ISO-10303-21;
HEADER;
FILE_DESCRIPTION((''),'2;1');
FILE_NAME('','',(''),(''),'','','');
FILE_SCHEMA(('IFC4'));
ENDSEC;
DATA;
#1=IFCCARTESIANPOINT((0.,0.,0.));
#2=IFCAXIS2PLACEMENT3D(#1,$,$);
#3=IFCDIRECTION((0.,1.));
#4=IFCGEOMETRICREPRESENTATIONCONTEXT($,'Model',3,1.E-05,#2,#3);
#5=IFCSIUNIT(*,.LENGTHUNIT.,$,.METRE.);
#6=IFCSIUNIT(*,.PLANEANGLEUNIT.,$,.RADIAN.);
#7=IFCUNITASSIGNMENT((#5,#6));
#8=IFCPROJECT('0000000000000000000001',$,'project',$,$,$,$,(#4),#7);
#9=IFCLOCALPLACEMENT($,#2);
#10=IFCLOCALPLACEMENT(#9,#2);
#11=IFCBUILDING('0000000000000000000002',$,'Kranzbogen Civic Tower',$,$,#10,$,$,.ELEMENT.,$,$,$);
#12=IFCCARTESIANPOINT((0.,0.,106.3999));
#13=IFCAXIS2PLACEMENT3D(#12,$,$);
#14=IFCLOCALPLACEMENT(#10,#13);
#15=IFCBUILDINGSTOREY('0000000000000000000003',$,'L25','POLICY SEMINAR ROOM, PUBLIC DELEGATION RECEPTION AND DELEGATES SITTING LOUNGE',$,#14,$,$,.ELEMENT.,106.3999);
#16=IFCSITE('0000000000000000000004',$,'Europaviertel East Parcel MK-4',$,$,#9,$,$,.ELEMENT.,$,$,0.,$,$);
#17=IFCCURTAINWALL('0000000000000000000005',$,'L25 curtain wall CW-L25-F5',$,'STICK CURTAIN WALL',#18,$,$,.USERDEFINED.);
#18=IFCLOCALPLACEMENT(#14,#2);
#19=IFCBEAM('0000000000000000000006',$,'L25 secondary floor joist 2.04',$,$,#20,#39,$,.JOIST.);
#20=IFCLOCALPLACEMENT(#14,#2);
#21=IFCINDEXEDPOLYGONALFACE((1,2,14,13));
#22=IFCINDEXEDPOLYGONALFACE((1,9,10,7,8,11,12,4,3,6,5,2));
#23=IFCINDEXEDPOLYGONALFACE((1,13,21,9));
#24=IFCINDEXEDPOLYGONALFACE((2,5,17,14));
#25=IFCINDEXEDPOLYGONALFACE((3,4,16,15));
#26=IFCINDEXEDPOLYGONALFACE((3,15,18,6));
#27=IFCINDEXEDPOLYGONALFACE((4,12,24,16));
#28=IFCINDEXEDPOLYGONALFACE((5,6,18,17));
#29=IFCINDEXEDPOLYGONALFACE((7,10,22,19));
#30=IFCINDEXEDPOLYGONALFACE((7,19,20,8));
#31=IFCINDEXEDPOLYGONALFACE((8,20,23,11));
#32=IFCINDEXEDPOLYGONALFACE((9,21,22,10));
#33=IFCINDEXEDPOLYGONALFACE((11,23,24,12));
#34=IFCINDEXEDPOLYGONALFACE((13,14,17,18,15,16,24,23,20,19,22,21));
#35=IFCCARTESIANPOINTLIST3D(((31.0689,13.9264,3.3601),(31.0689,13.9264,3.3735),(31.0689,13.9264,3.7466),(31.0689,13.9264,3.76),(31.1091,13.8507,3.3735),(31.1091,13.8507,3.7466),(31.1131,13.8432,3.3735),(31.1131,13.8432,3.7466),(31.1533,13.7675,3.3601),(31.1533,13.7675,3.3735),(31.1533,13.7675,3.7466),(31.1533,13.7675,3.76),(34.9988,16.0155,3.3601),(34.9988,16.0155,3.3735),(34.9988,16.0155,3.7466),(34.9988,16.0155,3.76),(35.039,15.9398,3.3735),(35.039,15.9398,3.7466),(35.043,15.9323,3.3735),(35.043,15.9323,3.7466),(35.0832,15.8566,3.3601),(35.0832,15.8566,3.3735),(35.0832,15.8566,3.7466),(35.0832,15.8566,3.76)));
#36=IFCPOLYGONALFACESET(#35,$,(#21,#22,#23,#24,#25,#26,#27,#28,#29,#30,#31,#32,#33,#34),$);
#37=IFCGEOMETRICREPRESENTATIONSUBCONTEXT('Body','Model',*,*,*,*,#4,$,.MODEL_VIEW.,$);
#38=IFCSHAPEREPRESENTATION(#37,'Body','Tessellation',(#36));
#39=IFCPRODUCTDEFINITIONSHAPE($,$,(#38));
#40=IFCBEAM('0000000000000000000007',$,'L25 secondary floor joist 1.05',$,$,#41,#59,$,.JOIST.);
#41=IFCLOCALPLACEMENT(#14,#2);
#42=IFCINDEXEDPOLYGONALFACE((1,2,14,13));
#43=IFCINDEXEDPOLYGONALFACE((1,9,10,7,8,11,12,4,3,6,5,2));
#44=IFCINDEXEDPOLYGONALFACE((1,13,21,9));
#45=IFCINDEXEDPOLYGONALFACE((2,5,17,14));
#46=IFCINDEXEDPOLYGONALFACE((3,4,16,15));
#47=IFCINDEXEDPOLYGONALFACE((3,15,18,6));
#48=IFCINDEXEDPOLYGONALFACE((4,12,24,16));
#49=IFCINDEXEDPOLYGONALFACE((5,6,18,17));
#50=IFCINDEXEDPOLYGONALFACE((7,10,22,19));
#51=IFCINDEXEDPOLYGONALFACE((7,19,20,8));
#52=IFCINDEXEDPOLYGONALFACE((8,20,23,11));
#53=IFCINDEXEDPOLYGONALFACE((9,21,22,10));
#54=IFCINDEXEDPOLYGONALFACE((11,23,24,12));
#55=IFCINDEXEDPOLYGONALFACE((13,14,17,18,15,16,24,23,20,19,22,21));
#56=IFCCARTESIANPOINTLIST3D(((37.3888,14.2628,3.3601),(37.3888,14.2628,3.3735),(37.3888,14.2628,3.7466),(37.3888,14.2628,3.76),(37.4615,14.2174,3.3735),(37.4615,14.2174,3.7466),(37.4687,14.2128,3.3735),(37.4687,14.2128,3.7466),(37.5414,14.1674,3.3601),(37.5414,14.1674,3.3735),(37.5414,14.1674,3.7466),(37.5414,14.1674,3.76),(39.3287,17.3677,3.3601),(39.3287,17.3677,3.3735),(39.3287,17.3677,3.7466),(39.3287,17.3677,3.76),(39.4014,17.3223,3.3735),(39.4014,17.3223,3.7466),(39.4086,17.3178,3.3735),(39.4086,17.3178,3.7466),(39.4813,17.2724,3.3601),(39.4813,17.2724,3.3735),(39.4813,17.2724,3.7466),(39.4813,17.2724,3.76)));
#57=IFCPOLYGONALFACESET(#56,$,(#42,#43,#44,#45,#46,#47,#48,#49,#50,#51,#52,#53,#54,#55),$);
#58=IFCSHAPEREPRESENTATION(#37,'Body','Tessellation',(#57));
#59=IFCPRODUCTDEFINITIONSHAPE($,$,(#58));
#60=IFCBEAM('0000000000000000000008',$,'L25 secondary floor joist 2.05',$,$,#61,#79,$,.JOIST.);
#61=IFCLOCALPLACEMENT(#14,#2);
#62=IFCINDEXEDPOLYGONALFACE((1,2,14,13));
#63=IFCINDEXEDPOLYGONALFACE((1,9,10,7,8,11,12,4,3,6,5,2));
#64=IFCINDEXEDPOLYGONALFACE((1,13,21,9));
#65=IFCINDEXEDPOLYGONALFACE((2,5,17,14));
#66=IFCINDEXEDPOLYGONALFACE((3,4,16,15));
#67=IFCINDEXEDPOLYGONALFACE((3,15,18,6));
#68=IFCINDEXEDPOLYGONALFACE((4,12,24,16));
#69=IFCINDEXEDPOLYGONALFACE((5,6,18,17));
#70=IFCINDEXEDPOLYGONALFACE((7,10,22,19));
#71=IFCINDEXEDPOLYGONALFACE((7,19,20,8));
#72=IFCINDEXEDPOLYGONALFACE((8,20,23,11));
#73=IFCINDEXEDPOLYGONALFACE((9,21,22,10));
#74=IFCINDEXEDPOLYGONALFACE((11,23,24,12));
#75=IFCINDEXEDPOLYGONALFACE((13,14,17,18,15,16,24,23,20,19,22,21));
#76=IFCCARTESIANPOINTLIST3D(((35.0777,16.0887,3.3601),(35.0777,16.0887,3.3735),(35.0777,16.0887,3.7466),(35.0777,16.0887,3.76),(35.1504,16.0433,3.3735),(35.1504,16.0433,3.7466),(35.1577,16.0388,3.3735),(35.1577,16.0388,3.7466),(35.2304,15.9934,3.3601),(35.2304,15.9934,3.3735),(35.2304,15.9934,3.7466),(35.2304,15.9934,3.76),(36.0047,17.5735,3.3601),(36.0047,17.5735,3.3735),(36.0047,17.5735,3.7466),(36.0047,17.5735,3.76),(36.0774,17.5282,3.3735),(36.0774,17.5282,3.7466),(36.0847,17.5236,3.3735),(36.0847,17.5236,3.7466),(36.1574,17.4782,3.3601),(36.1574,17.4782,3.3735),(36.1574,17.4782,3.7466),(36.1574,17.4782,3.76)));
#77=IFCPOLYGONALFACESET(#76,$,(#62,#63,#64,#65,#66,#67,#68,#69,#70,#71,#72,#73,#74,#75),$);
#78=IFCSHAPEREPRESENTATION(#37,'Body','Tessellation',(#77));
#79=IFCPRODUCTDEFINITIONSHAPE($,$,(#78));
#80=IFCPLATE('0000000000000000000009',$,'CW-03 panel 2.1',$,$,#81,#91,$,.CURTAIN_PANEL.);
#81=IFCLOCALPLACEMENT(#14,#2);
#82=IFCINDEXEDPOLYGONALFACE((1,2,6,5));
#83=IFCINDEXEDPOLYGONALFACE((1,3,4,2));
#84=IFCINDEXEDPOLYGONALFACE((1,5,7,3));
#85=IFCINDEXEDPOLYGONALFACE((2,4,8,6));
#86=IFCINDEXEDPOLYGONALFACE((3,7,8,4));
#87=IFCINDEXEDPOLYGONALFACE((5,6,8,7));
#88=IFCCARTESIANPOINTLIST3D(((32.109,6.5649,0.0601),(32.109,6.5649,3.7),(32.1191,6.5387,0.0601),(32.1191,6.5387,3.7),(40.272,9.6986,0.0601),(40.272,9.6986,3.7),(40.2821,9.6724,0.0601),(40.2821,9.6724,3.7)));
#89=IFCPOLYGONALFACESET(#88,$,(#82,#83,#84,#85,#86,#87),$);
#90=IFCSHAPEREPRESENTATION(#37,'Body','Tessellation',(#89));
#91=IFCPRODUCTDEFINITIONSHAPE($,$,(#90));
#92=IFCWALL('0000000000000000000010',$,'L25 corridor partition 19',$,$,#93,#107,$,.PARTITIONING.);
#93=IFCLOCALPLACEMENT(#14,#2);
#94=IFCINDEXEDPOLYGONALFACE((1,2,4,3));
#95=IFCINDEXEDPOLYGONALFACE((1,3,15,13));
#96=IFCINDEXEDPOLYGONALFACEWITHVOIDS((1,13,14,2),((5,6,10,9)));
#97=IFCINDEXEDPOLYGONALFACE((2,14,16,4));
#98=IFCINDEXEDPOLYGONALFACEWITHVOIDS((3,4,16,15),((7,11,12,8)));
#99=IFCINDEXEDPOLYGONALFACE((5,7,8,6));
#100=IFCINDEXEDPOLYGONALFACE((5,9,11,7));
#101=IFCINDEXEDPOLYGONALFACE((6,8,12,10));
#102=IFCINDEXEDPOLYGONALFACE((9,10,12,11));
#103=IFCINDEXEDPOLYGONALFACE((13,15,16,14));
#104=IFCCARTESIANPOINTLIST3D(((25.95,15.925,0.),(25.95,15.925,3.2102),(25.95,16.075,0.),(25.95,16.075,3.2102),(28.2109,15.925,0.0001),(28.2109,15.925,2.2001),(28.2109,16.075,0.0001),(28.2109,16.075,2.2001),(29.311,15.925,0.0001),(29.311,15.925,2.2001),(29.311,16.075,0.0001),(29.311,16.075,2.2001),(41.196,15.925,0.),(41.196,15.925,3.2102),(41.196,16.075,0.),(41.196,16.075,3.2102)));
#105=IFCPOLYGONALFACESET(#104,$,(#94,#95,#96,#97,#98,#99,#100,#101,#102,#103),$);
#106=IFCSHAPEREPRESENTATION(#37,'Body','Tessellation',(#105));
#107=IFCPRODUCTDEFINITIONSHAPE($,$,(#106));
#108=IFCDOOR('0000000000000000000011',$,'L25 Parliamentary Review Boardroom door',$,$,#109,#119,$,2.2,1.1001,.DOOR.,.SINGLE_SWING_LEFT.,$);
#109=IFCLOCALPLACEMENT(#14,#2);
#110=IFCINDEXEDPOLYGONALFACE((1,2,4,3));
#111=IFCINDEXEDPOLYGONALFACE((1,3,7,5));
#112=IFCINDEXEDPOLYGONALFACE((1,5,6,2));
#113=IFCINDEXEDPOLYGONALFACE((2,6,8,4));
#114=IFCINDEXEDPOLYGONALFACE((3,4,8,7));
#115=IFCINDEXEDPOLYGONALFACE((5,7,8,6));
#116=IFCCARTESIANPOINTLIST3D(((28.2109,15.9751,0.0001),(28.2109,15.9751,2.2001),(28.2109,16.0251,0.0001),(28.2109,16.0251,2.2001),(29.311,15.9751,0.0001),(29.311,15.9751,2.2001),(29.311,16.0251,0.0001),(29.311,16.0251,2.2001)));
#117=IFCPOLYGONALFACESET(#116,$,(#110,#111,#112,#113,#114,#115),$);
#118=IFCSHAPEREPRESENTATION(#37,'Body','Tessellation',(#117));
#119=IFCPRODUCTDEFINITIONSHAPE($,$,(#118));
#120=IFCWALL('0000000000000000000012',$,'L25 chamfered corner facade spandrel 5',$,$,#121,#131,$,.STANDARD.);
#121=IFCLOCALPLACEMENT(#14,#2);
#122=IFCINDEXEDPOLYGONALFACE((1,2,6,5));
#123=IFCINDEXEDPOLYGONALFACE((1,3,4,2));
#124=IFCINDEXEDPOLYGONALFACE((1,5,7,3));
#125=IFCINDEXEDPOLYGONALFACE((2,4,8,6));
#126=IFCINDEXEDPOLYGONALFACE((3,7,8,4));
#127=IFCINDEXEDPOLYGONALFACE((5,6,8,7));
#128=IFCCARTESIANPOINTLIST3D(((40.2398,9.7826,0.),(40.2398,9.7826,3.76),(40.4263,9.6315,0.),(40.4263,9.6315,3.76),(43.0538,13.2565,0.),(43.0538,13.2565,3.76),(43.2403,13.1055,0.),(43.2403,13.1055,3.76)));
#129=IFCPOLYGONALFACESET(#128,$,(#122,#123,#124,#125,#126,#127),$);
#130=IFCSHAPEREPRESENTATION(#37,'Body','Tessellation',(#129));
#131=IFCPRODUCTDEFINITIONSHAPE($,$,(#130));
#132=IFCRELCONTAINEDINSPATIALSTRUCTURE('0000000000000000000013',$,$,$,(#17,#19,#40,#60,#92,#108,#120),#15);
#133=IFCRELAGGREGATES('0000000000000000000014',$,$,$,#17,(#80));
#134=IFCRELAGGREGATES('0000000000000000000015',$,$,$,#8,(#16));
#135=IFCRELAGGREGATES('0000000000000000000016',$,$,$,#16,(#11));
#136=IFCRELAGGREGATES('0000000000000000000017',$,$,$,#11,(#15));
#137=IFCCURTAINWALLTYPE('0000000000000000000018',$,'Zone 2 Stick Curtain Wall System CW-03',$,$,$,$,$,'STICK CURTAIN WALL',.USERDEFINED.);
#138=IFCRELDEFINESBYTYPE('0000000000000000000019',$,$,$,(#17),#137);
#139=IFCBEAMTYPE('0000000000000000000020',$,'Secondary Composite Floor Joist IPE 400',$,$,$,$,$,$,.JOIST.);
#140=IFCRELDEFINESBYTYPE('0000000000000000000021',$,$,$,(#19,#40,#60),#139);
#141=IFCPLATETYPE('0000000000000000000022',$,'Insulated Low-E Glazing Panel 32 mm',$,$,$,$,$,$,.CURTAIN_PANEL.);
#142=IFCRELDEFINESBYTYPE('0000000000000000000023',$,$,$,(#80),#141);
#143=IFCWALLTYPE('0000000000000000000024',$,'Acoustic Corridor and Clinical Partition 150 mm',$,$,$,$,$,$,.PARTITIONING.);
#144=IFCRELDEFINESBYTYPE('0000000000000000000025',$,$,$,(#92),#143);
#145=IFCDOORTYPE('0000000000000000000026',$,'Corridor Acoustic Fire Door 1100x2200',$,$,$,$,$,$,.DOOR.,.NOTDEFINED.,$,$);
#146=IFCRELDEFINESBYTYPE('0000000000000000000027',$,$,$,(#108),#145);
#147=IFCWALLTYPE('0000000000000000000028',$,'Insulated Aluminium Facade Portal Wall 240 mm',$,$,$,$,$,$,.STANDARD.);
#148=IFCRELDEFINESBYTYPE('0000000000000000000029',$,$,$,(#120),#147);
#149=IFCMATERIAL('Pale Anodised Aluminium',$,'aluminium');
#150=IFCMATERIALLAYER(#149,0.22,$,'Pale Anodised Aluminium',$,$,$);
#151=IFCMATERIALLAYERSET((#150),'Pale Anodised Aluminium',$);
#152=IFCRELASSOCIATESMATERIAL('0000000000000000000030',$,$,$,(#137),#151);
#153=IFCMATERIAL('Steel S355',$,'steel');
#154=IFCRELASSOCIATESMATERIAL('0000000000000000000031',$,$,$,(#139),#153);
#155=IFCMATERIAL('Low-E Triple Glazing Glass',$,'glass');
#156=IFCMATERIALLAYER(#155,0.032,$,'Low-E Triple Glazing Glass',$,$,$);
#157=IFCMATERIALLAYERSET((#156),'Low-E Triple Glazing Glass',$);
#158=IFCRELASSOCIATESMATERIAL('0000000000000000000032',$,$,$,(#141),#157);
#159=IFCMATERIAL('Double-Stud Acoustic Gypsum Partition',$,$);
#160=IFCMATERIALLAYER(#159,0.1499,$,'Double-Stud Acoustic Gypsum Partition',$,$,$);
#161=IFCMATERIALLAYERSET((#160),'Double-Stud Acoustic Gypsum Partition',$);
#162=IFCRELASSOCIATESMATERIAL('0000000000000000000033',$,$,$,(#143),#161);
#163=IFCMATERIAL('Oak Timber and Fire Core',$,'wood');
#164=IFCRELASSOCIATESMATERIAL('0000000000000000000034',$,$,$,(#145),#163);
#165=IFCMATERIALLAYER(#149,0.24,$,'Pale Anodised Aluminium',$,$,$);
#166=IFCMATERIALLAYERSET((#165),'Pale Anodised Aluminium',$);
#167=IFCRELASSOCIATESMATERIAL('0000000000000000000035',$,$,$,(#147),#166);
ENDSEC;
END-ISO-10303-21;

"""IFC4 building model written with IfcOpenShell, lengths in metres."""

from ifc_helpers import new_model, si_unit, direction, frame, frame_2d, origin, origin_2d, place, context, subcontext, project, spatial, rectangle, i_section, extrude, material, layer, layer_set, material_profile, profile_set, type_object, element, fill, aggregate, save


model = new_model("IFC4")

# Units and contexts
model_context = context("Model", 3, precision=1e-05, world=origin(), true_north=direction((0.0, 1.0)))
body_context = subcontext(model_context, "Body", "Model", "MODEL_VIEW")
ifc_project = project(units=[si_unit("LENGTHUNIT", "METRE"), si_unit("PLANEANGLEUNIT", "RADIAN")], contexts=[model_context])

# Site, building, storey
site_placement = place(None, origin())
site = spatial("IfcSite", under=ifc_project, at=site_placement, Name="Europaviertel East Parcel MK-4", CompositionType="ELEMENT", RefElevation=0.0)
building_placement = place(site_placement, origin())
building = spatial("IfcBuilding", under=site, at=building_placement, Name="Kranzbogen Civic Tower", CompositionType="ELEMENT")
storey_placement = place(building_placement, frame((0.0, 0.0, 106.3999)))
storey = spatial("IfcBuildingStorey", under=building, at=storey_placement, Name="L25", Description="POLICY SEMINAR ROOM, PUBLIC DELEGATION RECEPTION AND DELEGATES SITTING LOUNGE", CompositionType="ELEMENT", Elevation=106.3999)

# Shared definitions
ifc_material_1 = material(Name="Steel S355", Category="steel")

# Curtain wall
ifc_material_2 = material(Name="Pale Anodised Aluminium", Category="aluminium")
ifc_layer_1 = layer(ifc_material_2, 0.22, Name="Pale Anodised Aluminium")
ifc_layer_set_1 = layer_set([ifc_layer_1], Name="Pale Anodised Aluminium")
curtain_wall_type = type_object("IfcCurtainWallType", Name="Zone 2 Stick Curtain Wall System CW-03", ElementType="STICK CURTAIN WALL", PredefinedType="USERDEFINED", material=ifc_layer_set_1)
curtain_wall_1_placement = place(storey_placement, origin())
curtain_wall_1 = element("IfcCurtainWall", 1, at=curtain_wall_1_placement, inside=storey, type_object=curtain_wall_type, Name="L25 curtain wall CW-L25-F5", ObjectType="STICK CURTAIN WALL", PredefinedType="USERDEFINED")

# Beams
ifc_material_profile_1 = material_profile(ifc_material_1, i_section(OverallWidth=0.1799, OverallDepth=0.3999, WebThickness=0.0085, FlangeThickness=0.0134, at=origin_2d()), Name="IPE 400")
ifc_profile_set_1 = profile_set([ifc_material_profile_1], Name="Steel S355")
beam_type_1 = type_object("IfcBeamType", Name="Secondary Composite Floor Joist IPE 400", PredefinedType="JOIST", material=ifc_profile_set_1)
beam_1_placement = place(storey_placement, frame((31.1111, 13.8469, 3.5601), z_axis=(0.882991, 0.469389, 0.0), x_axis=(-0.469389, 0.882991, 0.0)))
element("IfcBeam", 2, at=beam_1_placement, inside=storey, type_object=beam_type_1, Name="L25 secondary floor joist 2.04", PredefinedType="JOIST", context=body_context, shape_type="SweptSolid", body=[
    extrude(i_section(OverallWidth=0.1799, OverallDepth=0.3999, WebThickness=0.0085, FlangeThickness=0.0134, at=origin_2d()), origin(), (0.0, 0.0, 1.0), 4.4507),
])
beam_2_placement = place(storey_placement, frame((37.4651, 14.2151, 3.5601), z_axis=(0.529867, 0.848081, 0.0), x_axis=(-0.848081, 0.529867, 0.0)))
element("IfcBeam", 3, at=beam_2_placement, inside=storey, type_object=beam_type_1, Name="L25 secondary floor joist 1.05", PredefinedType="JOIST", context=body_context, shape_type="SweptSolid", body=[
    extrude(i_section(OverallWidth=0.1799, OverallDepth=0.3999, WebThickness=0.0085, FlangeThickness=0.0134, at=origin_2d()), origin(), (0.0, 0.0, 1.0), 3.6611),
])
beam_3_placement = place(storey_placement, frame((35.1541, 16.041, 3.5601), z_axis=(0.529573, 0.848265, 0.0), x_axis=(-0.848265, 0.529573, 0.0)))
element("IfcBeam", 4, at=beam_3_placement, inside=storey, type_object=beam_type_1, Name="L25 secondary floor joist 2.05", PredefinedType="JOIST", context=body_context, shape_type="SweptSolid", body=[
    extrude(i_section(OverallWidth=0.1799, OverallDepth=0.3999, WebThickness=0.0085, FlangeThickness=0.0134, at=origin_2d()), origin(), (0.0, 0.0, 1.0), 1.7505),
])

# Plate
ifc_material_3 = material(Name="Low-E Triple Glazing Glass", Category="glass")
ifc_layer_2 = layer(ifc_material_3, 0.032, Name="Low-E Triple Glazing Glass")
ifc_layer_set_2 = layer_set([ifc_layer_2], Name="Low-E Triple Glazing Glass")
plate_type = type_object("IfcPlateType", Name="Insulated Low-E Glazing Panel 32 mm", PredefinedType="CURTAIN_PANEL", material=ifc_layer_set_2)
plate_placement = place(storey_placement, frame((36.1956, 8.1187, 0.0601), z_axis=(0.0, 0.0, 1.0), x_axis=(0.93357, 0.358395, 0.0)))
plate = element("IfcPlate", 5, at=plate_placement, type_object=plate_type, Name="CW-03 panel 2.1", PredefinedType="CURTAIN_PANEL", context=body_context, shape_type="SweptSolid", body=[
    extrude(rectangle(XDim=8.7439, YDim=0.0281, at=origin_2d()), origin(), (0.0, 0.0, 1.0), 3.6399),
])
aggregate(curtain_wall_1, [plate])

# Wall, opening, door
ifc_material_4 = material(Name="Double-Stud Acoustic Gypsum Partition")
ifc_layer_3 = layer(ifc_material_4, 0.1499, Name="Double-Stud Acoustic Gypsum Partition")
ifc_layer_set_3 = layer_set([ifc_layer_3], Name="Double-Stud Acoustic Gypsum Partition")
wall_type_1 = type_object("IfcWallType", Name="Acoustic Corridor and Clinical Partition 150 mm", PredefinedType="PARTITIONING", material=ifc_layer_set_3)
wall_1_placement = place(storey_placement, frame((41.196, 16.0, 0.0), z_axis=(0.0, 0.0, 1.0), x_axis=(-1.0, 0.0, 0.0)))
wall_1 = element("IfcWall", 6, at=wall_1_placement, inside=storey, type_object=wall_type_1, Name="L25 corridor partition 19", PredefinedType="PARTITIONING", context=body_context, shape_type="SweptSolid", body=[
    extrude(rectangle(XDim=15.2461, YDim=0.1499, at=frame_2d((7.623, 0.0))), origin(), (0.0, 0.0, 1.0), 3.2102),
])
opening_placement = place(wall_1_placement, frame((11.885, 0.0, 0.0)))
opening = element("IfcOpeningElement", 7, at=opening_placement, cuts=wall_1, PredefinedType="OPENING", context=body_context, shape_type="SweptSolid", body=[
    extrude(rectangle(XDim=1.1001, YDim=2.2, at=frame_2d((0.55, 1.1001))), frame((0.0, 0.085, 0.0), z_axis=(0.0, -1.0, 0.0), x_axis=(1.0, 0.0, 0.0)), (0.0, 0.0, 1.0), 0.1699),
])
ifc_material_5 = material(Name="Oak Timber and Fire Core", Category="wood")
door_type = type_object("IfcDoorType", Name="Corridor Acoustic Fire Door 1100x2200", OperationType="NOTDEFINED", PredefinedType="DOOR", material=ifc_material_5)
door_placement = place(opening_placement, origin())
door = element("IfcDoor", 8, at=door_placement, inside=storey, type_object=door_type, Name="L25 Parliamentary Review Boardroom door", OperationType="SINGLE_SWING_LEFT", OverallHeight=2.2, OverallWidth=1.1001, PredefinedType="DOOR", context=body_context, shape_type="SweptSolid", body=[
    extrude(rectangle(XDim=1.1001, YDim=2.2, at=frame_2d((0.55, 1.1001))), frame((0.0, 0.0249, 0.0), z_axis=(0.0, -1.0, 0.0), x_axis=(1.0, 0.0, 0.0)), (0.0, 0.0, 1.0), 0.05),
])
fill(opening, door)

# Wall
ifc_layer_4 = layer(ifc_material_2, 0.24, Name="Pale Anodised Aluminium")
ifc_layer_set_4 = layer_set([ifc_layer_4], Name="Pale Anodised Aluminium")
wall_type_2 = type_object("IfcWallType", Name="Insulated Aluminium Facade Portal Wall 240 mm", PredefinedType="STANDARD", material=ifc_layer_set_4)
wall_2_placement = place(storey_placement, frame((40.333, 9.707, 0.0), z_axis=(0.0, 0.0, 1.0), x_axis=(0.629439, 0.77705, 0.0)))
element("IfcWall", 9, at=wall_2_placement, inside=storey, type_object=wall_type_2, Name="L25 chamfered corner facade spandrel 5", PredefinedType="STANDARD", context=body_context, shape_type="SweptSolid", body=[
    extrude(rectangle(XDim=4.4707, YDim=0.24, at=frame_2d((2.2354, 0.0))), origin(), (0.0, 0.0, 1.0), 3.76),
])

save(model, "model.ifc")
